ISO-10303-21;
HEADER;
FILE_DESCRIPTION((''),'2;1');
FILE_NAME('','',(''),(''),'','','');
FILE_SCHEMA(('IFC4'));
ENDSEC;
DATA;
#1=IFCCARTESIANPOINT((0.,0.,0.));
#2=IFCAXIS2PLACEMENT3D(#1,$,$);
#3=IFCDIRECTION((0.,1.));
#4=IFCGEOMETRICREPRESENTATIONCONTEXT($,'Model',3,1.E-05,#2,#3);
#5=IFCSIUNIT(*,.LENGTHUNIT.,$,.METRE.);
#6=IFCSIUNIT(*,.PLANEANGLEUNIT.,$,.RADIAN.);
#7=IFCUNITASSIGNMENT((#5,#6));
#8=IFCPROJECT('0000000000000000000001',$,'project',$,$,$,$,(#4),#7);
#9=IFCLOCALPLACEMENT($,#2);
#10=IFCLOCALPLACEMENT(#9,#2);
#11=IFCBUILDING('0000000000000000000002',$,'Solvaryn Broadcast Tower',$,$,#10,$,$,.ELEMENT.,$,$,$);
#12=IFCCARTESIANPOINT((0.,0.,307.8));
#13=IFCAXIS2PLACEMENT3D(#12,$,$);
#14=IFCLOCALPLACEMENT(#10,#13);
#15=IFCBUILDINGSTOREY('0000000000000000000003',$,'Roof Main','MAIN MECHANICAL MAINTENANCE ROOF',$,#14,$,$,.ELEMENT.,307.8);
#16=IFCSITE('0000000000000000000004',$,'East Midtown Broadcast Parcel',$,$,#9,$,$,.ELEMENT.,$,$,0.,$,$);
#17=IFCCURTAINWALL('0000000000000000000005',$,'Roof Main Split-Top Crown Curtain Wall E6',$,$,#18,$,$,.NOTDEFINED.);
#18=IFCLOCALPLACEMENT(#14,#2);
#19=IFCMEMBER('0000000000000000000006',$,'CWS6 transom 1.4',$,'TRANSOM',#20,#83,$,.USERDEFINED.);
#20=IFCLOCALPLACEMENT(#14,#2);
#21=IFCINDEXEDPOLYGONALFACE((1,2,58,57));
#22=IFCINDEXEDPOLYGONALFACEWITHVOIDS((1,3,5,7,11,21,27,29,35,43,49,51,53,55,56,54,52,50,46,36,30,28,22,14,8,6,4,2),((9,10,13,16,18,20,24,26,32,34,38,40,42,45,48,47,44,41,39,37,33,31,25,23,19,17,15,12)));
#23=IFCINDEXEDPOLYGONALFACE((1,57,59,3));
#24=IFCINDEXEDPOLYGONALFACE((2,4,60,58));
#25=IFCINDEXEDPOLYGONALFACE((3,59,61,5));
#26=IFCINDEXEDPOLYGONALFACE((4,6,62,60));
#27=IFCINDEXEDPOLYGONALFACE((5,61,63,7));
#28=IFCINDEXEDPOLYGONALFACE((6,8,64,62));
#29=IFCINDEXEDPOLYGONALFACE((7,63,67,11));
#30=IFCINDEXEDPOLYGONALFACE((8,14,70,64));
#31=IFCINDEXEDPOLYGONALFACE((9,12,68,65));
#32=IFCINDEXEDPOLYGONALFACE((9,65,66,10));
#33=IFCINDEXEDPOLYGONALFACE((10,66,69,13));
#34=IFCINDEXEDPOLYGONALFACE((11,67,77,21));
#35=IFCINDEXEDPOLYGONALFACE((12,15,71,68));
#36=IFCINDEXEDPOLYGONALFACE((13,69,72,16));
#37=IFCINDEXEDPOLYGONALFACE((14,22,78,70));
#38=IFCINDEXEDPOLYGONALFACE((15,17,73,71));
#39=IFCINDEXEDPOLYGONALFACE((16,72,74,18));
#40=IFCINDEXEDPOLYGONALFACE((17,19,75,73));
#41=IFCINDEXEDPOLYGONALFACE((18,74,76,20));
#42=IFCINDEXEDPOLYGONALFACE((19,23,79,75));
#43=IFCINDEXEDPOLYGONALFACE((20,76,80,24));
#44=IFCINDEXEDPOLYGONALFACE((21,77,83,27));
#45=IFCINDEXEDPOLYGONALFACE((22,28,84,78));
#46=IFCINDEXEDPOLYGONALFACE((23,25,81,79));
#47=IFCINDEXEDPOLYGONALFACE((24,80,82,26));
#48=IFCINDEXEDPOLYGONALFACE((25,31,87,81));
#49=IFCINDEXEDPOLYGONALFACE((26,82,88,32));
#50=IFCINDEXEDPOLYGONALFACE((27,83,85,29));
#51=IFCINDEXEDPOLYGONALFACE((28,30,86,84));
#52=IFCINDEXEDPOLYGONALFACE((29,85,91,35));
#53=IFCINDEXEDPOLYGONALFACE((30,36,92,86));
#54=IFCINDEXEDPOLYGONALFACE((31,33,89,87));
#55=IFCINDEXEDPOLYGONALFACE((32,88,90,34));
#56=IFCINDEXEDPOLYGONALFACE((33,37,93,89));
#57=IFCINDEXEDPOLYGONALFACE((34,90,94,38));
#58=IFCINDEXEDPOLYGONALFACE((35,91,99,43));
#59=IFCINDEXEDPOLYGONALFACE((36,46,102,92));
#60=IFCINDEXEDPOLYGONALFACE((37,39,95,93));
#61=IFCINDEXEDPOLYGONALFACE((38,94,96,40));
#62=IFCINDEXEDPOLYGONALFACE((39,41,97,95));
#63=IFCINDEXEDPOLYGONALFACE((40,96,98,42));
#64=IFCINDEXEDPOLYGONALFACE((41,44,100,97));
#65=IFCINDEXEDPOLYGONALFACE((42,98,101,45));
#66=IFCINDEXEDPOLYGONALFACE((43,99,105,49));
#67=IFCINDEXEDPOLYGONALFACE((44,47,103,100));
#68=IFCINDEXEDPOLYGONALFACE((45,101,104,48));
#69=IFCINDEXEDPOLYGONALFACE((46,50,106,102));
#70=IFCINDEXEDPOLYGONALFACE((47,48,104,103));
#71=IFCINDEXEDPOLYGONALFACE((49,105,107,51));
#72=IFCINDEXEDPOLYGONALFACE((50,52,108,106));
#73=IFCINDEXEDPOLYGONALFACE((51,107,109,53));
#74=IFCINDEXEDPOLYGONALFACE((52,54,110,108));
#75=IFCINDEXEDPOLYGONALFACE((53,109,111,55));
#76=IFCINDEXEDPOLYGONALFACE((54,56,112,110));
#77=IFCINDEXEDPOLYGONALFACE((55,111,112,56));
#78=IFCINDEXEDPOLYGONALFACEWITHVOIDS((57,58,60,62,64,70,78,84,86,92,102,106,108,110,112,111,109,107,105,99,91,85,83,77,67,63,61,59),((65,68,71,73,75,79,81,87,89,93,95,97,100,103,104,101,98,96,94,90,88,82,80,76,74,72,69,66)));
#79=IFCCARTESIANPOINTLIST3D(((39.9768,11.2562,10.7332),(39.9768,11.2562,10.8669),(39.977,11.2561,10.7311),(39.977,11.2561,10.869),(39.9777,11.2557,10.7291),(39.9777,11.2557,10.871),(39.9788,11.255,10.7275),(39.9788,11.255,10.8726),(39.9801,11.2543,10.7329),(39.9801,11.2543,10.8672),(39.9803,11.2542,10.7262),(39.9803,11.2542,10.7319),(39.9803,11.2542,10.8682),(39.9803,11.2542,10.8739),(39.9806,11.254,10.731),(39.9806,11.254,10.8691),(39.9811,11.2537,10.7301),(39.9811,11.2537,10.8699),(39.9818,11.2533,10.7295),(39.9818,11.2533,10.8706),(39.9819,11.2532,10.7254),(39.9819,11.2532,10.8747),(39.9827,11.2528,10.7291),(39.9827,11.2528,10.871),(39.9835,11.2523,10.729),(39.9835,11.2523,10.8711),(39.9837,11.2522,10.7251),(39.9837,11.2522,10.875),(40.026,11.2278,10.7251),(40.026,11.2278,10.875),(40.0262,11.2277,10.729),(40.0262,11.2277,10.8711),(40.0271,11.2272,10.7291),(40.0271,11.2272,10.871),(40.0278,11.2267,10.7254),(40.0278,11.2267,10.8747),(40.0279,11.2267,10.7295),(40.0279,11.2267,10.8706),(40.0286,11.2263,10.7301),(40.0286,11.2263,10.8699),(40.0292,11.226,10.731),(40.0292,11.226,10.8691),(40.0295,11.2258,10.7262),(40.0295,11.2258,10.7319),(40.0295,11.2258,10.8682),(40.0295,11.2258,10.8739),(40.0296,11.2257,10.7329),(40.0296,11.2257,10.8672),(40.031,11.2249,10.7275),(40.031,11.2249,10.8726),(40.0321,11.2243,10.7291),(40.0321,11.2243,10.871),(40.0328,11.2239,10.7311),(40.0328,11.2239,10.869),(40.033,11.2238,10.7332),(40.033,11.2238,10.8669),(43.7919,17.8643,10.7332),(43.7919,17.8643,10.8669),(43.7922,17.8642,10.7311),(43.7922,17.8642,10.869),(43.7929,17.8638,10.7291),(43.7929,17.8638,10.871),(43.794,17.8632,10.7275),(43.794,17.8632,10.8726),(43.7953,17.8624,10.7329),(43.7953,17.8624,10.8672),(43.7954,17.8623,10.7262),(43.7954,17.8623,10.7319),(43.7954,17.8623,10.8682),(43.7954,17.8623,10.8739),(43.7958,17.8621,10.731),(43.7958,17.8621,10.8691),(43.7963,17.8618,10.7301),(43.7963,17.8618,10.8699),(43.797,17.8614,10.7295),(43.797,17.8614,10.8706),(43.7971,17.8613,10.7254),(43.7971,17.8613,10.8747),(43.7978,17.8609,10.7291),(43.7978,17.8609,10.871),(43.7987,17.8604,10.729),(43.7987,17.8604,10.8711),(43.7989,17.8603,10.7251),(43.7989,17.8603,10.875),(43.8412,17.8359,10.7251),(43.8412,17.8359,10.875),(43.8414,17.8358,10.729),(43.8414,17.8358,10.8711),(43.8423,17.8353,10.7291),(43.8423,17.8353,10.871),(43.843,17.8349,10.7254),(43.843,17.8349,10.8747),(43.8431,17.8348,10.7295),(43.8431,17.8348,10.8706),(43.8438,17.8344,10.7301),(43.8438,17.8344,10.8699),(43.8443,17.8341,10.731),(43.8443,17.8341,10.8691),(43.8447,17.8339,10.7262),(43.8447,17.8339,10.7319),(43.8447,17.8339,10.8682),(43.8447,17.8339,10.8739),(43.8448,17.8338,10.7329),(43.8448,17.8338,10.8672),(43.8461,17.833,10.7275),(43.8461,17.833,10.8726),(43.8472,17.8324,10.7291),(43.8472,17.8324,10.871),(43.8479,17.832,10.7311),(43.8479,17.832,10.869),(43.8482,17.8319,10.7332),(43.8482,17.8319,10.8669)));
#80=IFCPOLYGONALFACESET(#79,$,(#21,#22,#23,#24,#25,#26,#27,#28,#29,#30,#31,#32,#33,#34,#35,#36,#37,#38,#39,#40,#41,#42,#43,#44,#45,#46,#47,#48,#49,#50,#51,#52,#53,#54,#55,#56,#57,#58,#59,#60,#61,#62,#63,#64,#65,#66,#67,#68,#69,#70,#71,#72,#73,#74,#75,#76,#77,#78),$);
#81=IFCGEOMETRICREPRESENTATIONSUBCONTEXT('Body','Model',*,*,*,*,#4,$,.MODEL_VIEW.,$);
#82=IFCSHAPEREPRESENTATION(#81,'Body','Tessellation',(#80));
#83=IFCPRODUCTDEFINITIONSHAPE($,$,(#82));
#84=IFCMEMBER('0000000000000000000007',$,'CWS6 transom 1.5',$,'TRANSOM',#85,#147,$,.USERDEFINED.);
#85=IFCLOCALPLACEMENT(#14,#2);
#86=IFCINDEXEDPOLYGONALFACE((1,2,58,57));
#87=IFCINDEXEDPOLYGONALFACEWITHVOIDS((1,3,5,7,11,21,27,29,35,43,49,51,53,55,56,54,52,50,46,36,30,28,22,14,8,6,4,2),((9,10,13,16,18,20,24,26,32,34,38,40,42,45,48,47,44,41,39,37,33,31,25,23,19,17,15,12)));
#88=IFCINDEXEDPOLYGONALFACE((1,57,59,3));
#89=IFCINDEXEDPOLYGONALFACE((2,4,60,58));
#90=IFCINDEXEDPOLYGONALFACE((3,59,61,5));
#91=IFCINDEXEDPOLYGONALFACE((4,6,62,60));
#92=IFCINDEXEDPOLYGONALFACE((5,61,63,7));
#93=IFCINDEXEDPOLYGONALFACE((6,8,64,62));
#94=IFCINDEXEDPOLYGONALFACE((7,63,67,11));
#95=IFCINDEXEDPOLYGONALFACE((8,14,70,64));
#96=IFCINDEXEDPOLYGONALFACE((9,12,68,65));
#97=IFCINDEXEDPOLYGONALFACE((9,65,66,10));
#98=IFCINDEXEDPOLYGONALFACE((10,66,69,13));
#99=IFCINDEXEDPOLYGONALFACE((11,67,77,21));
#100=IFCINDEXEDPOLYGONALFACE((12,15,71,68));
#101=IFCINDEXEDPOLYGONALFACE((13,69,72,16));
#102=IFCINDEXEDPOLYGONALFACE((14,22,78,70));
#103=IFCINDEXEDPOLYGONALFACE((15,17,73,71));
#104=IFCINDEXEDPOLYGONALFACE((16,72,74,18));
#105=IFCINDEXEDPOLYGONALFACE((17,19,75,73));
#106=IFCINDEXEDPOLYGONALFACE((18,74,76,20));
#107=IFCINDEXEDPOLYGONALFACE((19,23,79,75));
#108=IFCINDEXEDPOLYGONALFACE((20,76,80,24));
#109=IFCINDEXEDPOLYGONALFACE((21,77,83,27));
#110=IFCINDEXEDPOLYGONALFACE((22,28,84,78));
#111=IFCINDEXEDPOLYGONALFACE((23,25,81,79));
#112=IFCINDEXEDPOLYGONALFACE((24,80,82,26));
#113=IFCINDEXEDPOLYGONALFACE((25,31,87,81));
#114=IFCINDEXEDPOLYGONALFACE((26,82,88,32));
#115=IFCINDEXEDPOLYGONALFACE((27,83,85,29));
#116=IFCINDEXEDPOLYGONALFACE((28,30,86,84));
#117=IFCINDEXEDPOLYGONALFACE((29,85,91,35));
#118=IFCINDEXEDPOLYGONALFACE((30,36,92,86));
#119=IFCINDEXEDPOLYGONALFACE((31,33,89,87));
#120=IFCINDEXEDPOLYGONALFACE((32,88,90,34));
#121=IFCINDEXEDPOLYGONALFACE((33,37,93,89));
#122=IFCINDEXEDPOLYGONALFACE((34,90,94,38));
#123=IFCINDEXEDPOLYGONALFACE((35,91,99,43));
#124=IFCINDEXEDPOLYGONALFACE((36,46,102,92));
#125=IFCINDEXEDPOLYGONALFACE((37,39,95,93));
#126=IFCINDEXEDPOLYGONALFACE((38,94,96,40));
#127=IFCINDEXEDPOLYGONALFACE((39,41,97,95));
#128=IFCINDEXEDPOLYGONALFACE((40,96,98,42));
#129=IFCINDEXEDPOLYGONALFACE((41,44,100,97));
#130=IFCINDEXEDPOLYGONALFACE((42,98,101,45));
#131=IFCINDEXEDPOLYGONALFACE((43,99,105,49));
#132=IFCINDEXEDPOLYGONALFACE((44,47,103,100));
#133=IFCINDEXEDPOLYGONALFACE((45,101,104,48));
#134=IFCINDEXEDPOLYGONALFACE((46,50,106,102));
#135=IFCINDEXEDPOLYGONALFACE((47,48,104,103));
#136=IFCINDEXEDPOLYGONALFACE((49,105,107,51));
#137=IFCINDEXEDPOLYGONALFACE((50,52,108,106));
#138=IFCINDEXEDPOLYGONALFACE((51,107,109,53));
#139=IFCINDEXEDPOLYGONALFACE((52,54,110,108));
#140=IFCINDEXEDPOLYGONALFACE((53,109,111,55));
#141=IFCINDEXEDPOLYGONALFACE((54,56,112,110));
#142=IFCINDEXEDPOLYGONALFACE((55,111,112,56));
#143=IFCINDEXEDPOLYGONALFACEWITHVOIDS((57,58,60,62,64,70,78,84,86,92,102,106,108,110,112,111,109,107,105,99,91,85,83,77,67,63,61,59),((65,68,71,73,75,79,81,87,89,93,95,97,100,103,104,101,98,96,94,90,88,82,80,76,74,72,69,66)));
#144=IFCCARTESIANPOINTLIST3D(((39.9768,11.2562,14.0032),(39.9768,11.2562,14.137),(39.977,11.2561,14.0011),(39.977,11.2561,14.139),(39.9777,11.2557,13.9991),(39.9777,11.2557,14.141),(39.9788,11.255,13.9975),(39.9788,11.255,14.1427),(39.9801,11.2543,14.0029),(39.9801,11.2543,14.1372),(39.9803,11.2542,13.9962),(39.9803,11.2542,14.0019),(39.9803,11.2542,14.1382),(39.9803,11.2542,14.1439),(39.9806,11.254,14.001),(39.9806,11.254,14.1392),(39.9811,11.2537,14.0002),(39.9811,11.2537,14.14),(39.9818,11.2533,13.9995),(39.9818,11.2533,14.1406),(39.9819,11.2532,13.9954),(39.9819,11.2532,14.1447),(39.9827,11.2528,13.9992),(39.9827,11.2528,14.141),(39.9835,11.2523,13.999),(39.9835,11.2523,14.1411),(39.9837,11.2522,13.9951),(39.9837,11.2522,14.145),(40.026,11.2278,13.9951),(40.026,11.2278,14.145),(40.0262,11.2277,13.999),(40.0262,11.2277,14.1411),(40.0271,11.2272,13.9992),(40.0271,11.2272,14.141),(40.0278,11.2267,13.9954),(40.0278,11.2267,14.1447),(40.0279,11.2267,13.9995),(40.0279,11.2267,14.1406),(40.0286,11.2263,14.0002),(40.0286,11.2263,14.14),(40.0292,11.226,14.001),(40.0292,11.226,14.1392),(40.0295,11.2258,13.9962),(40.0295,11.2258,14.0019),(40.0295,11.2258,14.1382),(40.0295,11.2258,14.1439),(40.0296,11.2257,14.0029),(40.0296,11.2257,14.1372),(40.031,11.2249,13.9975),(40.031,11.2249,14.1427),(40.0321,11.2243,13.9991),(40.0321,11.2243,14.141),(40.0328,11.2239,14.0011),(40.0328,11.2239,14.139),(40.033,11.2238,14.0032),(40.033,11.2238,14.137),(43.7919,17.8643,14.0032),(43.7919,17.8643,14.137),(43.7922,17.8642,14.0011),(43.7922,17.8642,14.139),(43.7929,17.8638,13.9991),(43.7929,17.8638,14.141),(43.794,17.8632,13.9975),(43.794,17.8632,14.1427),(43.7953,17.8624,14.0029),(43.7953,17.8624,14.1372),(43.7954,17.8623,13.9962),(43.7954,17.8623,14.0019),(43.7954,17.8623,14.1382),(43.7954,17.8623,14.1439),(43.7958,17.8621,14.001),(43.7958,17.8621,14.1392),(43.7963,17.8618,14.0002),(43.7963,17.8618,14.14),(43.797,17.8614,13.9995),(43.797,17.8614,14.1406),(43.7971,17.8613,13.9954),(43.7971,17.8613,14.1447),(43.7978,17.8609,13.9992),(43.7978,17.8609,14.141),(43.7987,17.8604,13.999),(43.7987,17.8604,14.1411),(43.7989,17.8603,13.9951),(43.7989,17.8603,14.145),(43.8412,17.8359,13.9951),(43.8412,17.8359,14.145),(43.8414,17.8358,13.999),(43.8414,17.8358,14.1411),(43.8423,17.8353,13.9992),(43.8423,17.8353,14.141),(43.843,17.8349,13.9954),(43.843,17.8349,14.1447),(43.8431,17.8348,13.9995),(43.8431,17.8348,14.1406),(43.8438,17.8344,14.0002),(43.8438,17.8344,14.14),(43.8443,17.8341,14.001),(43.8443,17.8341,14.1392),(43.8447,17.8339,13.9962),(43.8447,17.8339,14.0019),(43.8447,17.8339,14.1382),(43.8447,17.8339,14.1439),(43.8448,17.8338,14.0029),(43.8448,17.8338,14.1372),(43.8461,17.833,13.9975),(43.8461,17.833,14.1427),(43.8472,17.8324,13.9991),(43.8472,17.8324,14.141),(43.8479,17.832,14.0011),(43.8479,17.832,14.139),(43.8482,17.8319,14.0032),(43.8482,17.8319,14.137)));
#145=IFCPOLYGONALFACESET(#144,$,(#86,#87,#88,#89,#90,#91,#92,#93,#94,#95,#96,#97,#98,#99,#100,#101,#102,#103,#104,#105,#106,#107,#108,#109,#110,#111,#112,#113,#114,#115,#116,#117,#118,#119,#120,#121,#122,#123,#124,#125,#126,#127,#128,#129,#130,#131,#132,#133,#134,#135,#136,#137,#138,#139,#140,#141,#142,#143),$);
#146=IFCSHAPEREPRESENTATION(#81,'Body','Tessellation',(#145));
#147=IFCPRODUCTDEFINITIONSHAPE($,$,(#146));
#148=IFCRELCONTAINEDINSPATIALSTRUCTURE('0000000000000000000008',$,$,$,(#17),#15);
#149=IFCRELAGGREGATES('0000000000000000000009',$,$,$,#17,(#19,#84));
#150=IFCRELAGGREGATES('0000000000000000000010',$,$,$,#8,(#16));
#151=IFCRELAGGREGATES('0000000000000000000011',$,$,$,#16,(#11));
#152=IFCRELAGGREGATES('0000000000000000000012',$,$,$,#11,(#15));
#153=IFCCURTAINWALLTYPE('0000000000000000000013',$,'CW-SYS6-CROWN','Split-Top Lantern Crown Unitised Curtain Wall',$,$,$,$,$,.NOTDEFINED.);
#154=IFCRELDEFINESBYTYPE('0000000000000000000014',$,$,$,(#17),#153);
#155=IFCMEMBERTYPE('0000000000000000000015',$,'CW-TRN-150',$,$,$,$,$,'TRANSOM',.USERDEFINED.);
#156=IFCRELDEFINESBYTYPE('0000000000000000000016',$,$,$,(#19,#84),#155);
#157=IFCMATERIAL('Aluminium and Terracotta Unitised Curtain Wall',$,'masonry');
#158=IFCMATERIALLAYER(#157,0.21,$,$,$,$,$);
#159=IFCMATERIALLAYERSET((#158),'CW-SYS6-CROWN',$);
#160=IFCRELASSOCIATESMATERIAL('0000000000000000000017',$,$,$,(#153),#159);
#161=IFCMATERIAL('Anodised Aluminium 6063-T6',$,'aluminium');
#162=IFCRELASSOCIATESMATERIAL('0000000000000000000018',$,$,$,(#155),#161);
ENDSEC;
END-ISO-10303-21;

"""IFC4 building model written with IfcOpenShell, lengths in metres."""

from ifc_helpers import new_model, si_unit, direction, frame, origin, origin_2d, place, context, subcontext, project, spatial, hollow_rectangle, extrude, material, layer, layer_set, material_profile, profile_set, type_object, element, aggregate, save


model = new_model("IFC4")

# Units and contexts
model_context = context("Model", 3, precision=1e-05, world=origin(), true_north=direction((0.0, 1.0)))
body_context = subcontext(model_context, "Body", "Model", "MODEL_VIEW")
ifc_project = project(units=[si_unit("LENGTHUNIT", "METRE"), si_unit("PLANEANGLEUNIT", "RADIAN")], contexts=[model_context])

# Site, building, storey
site_placement = place(None, origin())
site = spatial("IfcSite", under=ifc_project, at=site_placement, Name="East Midtown Broadcast Parcel", CompositionType="ELEMENT", RefElevation=0.0)
building_placement = place(site_placement, origin())
building = spatial("IfcBuilding", under=site, at=building_placement, Name="Solvaryn Broadcast Tower", CompositionType="ELEMENT")
storey_placement = place(building_placement, frame((0.0, 0.0, 307.8)))
storey = spatial("IfcBuildingStorey", under=building, at=storey_placement, Name="Roof Main", Description="MAIN MECHANICAL MAINTENANCE ROOF", CompositionType="ELEMENT", Elevation=307.8)

# Shared definitions
ifc_material_1 = material(Name="Aluminium and Terracotta Unitised Curtain Wall", Category="masonry")
ifc_layer_1 = layer(ifc_material_1, 0.21)
ifc_layer_set_1 = layer_set([ifc_layer_1], Name="CW-SYS6-CROWN")
curtain_wall_type = type_object("IfcCurtainWallType", Name="CW-SYS6-CROWN", Description="Split-Top Lantern Crown Unitised Curtain Wall", PredefinedType="NOTDEFINED", material=ifc_layer_set_1)

# Curtain wall
curtain_wall_1_placement = place(storey_placement, origin())
curtain_wall_1 = element("IfcCurtainWall", 1, at=curtain_wall_1_placement, inside=storey, type_object=curtain_wall_type, Name="Roof Main Split-Top Crown Curtain Wall E6", PredefinedType="NOTDEFINED")

# Members
ifc_material_2 = material(Name="Anodised Aluminium 6063-T6", Category="aluminium")
ifc_material_profile_1 = material_profile(ifc_material_2, hollow_rectangle(XDim=0.0649, YDim=0.1499, WallThickness=0.0039, InnerFilletRadius=0.0039, OuterFilletRadius=0.0081, at=origin_2d()))
ifc_profile_set_1 = profile_set([ifc_material_profile_1], Name="Anodised Aluminium 6063-T6")
member_type_1 = type_object("IfcMemberType", Name="CW-TRN-150", ElementType="TRANSOM", PredefinedType="USERDEFINED", material=ifc_profile_set_1)
member_1_placement = place(storey_placement, frame((40.0049, 11.24, 10.8), z_axis=(0.499997, 0.866027, 0.0), x_axis=(-0.866027, 0.499997, 0.0)))
member_1 = element("IfcMember", 2, at=member_1_placement, type_object=member_type_1, Name="CWS6 transom 1.4", ObjectType="TRANSOM", PredefinedType="USERDEFINED", context=body_context, shape_type="SweptSolid", body=[
    extrude(hollow_rectangle(XDim=0.0649, YDim=0.1499, WallThickness=0.0039, InnerFilletRadius=0.0039, OuterFilletRadius=0.0081, at=origin_2d()), origin(), (0.0, 0.0, 1.0), 7.6304),
])
member_2_placement = place(storey_placement, frame((40.0049, 11.24, 14.0701), z_axis=(0.499997, 0.866027, 0.0), x_axis=(-0.866027, 0.499997, 0.0)))
member_2 = element("IfcMember", 3, at=member_2_placement, type_object=member_type_1, Name="CWS6 transom 1.5", ObjectType="TRANSOM", PredefinedType="USERDEFINED", context=body_context, shape_type="SweptSolid", body=[
    extrude(hollow_rectangle(XDim=0.0649, YDim=0.1499, WallThickness=0.0039, InnerFilletRadius=0.0039, OuterFilletRadius=0.0081, at=origin_2d()), origin(), (0.0, 0.0, 1.0), 7.6304),
])

aggregate(curtain_wall_1, [member_1, member_2])

save(model, "model.ifc")
